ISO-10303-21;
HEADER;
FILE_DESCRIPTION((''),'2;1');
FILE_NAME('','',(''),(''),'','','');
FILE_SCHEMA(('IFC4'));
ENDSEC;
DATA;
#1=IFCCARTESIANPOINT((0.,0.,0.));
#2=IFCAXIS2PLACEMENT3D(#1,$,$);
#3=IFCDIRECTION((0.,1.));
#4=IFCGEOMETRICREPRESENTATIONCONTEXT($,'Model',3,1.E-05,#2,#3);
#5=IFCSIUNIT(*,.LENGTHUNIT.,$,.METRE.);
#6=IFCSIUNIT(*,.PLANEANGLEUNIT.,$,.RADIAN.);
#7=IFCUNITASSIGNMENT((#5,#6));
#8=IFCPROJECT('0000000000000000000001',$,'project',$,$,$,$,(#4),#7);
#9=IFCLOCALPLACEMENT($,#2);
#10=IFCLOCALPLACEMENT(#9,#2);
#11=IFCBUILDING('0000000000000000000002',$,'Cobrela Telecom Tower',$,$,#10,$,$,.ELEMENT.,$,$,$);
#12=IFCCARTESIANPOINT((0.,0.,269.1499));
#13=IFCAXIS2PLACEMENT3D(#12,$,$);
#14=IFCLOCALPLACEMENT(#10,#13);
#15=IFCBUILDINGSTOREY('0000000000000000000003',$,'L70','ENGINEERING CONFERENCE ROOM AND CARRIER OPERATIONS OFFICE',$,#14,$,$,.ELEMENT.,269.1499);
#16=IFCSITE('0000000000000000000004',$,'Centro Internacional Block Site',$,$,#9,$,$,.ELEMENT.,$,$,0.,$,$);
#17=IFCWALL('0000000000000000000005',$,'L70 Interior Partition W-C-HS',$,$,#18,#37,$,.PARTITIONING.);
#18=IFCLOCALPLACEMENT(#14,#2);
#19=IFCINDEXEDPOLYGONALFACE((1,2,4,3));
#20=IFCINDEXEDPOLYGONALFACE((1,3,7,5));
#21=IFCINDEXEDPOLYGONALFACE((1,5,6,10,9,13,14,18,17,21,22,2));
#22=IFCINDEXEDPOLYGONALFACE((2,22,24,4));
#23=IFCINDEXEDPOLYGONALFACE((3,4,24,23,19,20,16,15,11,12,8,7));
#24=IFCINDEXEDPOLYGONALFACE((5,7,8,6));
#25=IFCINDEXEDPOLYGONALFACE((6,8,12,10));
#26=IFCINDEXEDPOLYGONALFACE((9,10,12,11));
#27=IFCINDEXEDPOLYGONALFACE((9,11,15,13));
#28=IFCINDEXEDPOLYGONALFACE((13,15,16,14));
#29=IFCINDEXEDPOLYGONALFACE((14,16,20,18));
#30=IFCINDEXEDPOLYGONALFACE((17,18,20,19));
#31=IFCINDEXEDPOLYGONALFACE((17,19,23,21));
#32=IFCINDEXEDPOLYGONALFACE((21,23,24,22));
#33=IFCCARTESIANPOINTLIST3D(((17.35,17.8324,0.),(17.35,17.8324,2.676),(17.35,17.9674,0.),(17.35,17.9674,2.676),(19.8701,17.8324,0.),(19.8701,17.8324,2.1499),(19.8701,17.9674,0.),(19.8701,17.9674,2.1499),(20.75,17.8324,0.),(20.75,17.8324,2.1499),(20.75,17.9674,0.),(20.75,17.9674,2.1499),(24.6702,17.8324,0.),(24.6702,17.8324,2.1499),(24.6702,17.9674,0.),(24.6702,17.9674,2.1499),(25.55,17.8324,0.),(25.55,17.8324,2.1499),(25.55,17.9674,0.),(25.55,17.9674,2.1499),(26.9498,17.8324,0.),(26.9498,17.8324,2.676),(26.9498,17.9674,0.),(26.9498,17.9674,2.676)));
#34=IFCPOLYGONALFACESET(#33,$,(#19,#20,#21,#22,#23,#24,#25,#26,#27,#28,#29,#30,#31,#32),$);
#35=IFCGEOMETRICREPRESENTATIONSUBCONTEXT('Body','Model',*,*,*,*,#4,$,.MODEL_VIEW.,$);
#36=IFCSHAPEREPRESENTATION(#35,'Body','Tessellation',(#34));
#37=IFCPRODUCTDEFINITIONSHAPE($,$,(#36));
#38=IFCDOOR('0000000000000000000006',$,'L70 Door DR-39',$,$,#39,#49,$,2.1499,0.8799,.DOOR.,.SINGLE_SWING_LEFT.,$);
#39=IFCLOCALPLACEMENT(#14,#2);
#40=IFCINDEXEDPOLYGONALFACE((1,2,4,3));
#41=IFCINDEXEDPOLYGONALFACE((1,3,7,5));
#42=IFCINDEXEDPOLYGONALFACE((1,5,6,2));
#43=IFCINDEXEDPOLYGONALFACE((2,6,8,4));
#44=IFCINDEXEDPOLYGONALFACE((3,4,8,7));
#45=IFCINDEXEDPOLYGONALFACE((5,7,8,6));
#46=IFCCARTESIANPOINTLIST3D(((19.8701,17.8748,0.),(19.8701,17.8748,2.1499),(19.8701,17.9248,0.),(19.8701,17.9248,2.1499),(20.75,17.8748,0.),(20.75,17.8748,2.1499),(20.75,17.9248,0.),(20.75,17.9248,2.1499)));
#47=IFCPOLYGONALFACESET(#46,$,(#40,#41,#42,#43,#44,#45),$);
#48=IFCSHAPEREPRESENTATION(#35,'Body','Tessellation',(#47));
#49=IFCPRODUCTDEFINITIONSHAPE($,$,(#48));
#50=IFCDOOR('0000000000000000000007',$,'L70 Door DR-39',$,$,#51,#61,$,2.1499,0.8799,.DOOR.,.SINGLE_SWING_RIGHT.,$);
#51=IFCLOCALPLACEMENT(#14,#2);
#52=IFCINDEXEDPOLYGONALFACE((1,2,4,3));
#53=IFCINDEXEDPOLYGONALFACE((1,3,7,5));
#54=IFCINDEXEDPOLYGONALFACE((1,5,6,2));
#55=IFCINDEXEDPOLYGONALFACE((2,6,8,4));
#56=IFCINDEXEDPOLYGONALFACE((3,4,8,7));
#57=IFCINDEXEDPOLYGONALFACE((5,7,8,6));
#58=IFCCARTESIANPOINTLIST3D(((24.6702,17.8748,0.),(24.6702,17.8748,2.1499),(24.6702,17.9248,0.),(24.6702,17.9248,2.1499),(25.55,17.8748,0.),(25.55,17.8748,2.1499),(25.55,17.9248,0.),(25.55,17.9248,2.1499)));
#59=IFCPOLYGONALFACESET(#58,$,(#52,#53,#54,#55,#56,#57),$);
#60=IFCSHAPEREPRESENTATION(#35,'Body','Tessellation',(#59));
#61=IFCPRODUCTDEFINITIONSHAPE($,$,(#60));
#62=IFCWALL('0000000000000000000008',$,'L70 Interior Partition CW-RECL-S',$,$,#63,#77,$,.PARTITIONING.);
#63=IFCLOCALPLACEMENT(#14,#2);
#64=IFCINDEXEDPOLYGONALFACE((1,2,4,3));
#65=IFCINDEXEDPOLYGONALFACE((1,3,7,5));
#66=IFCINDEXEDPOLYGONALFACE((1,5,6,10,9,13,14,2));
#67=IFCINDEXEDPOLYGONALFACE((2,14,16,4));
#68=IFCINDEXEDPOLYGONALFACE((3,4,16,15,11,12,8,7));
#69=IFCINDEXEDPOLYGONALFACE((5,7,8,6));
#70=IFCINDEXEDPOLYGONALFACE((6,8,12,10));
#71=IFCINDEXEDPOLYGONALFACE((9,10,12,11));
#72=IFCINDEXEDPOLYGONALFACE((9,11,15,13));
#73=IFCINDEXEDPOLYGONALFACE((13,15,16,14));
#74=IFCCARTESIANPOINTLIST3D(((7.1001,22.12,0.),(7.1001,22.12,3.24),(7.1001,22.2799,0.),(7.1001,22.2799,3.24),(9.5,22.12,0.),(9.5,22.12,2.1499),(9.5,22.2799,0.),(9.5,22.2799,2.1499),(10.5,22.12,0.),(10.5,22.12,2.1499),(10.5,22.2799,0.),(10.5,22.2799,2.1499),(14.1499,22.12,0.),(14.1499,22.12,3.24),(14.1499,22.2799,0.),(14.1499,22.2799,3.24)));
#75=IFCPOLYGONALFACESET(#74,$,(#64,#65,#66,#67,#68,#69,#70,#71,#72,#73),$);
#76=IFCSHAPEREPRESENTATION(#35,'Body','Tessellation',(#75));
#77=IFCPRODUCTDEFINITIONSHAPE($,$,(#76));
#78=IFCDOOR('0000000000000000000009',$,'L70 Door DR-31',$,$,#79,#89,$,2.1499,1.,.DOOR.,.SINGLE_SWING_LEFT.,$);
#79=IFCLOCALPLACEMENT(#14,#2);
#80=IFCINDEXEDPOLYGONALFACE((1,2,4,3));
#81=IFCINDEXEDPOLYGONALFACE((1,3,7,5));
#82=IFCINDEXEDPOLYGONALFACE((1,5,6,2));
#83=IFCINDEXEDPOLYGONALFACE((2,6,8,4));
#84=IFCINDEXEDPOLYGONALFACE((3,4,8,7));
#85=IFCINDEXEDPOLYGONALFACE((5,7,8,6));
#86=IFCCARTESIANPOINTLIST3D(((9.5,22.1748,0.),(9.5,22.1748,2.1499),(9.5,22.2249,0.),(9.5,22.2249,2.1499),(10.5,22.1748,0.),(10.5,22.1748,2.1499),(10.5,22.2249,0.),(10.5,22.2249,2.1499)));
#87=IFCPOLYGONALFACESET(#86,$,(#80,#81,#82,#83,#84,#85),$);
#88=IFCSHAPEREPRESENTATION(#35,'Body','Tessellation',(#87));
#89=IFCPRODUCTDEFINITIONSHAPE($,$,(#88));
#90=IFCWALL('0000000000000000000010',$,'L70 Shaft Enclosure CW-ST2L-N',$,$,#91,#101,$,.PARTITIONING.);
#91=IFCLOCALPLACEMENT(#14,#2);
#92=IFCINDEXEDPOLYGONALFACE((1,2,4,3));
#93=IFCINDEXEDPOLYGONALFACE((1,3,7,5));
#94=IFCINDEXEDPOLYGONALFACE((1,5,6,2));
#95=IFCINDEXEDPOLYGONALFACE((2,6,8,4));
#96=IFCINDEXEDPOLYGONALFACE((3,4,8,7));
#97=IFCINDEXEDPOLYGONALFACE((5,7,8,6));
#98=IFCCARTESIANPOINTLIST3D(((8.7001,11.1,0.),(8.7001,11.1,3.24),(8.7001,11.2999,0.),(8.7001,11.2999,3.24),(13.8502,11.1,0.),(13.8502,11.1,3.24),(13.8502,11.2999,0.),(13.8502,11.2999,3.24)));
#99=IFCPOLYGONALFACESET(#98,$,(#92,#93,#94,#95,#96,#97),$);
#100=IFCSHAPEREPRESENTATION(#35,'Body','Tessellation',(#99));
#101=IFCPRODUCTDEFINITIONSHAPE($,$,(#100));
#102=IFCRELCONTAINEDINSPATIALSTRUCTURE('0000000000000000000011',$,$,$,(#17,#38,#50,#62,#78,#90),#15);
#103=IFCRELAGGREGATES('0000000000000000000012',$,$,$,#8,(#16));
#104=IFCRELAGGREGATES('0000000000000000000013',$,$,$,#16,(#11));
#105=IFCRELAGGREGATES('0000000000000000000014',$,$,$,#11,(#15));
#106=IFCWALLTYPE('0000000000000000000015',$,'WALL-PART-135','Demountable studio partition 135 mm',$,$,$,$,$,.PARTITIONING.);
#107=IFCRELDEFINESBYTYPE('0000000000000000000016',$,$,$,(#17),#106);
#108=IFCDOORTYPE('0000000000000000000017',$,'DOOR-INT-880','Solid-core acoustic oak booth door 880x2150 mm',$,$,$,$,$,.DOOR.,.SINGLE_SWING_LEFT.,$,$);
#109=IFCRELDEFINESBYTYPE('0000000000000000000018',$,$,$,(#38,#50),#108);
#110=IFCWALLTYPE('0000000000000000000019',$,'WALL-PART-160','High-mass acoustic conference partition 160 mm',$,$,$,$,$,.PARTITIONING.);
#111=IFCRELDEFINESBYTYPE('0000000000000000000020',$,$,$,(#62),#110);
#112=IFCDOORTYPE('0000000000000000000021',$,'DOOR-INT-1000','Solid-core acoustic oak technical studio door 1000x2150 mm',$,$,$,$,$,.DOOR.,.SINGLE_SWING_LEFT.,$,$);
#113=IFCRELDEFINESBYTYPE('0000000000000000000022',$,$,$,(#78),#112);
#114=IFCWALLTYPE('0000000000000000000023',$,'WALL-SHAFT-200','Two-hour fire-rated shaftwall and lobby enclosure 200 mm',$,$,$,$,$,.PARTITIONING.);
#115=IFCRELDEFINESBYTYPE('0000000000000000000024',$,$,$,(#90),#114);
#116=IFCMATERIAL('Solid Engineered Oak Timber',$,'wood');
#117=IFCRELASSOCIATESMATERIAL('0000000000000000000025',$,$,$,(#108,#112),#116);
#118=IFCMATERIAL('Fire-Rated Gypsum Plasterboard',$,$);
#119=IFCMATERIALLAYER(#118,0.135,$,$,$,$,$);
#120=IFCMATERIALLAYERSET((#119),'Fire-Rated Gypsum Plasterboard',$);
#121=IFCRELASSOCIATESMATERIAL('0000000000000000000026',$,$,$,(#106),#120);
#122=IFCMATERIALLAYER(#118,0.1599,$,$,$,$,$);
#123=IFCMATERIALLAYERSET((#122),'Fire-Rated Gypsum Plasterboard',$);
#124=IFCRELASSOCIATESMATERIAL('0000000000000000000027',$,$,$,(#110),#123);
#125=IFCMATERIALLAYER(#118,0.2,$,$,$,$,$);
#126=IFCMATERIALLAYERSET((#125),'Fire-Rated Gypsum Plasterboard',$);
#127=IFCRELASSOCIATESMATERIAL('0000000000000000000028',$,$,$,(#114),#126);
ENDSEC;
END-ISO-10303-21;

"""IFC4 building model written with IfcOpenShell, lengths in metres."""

from ifc_helpers import new_model, si_unit, direction, frame, frame_2d, origin, place, context, subcontext, project, spatial, rectangle, extrude, material, layer, layer_set, type_object, element, fill, save


model = new_model("IFC4")

# Units and contexts
model_context = context("Model", 3, precision=1e-05, world=origin(), true_north=direction((0.0, 1.0)))
body_context = subcontext(model_context, "Body", "Model", "MODEL_VIEW")
ifc_project = project(units=[si_unit("LENGTHUNIT", "METRE"), si_unit("PLANEANGLEUNIT", "RADIAN")], contexts=[model_context])

# Site, building, storey
site_placement = place(None, origin())
site = spatial("IfcSite", under=ifc_project, at=site_placement, Name="Centro Internacional Block Site", CompositionType="ELEMENT", RefElevation=0.0)
building_placement = place(site_placement, origin())
building = spatial("IfcBuilding", under=site, at=building_placement, Name="Cobrela Telecom Tower", CompositionType="ELEMENT")
storey_placement = place(building_placement, frame((0.0, 0.0, 269.1499)))
storey = spatial("IfcBuildingStorey", under=building, at=storey_placement, Name="L70", Description="ENGINEERING CONFERENCE ROOM AND CARRIER OPERATIONS OFFICE", CompositionType="ELEMENT", Elevation=269.1499)

# Shared definitions
ifc_material_1 = material(Name="Fire-Rated Gypsum Plasterboard")

# Shared definitions
ifc_material_2 = material(Name="Solid Engineered Oak Timber", Category="wood")
door_type_1 = type_object("IfcDoorType", Name="DOOR-INT-880", Description="Solid-core acoustic oak booth door 880x2150 mm", OperationType="SINGLE_SWING_LEFT", PredefinedType="DOOR", material=ifc_material_2)

# Wall, openings, doors
ifc_layer_1 = layer(ifc_material_1, 0.135)
ifc_layer_set_1 = layer_set([ifc_layer_1], Name="Fire-Rated Gypsum Plasterboard")
wall_type_1 = type_object("IfcWallType", Name="WALL-PART-135", Description="Demountable studio partition 135 mm", PredefinedType="PARTITIONING", material=ifc_layer_set_1)
wall_1_placement = place(storey_placement, frame((17.3501, 17.8999, 0.0), z_axis=(0.0, 0.0, 1.0), x_axis=(1.0, 0.0, 0.0)))
wall_1 = element("IfcWall", 1, at=wall_1_placement, inside=storey, type_object=wall_type_1, Name="L70 Interior Partition W-C-HS", PredefinedType="PARTITIONING", context=body_context, shape_type="SweptSolid", body=[
    extrude(rectangle(XDim=9.5999, YDim=0.135, at=frame_2d((4.7998, 0.0))), origin(), (0.0, 0.0, 1.0), 2.676),
])
opening_1_placement = place(wall_1_placement, frame((2.52, 0.0, 0.0)))
opening_1 = element("IfcOpeningElement", 2, at=opening_1_placement, cuts=wall_1, PredefinedType="OPENING", context=body_context, shape_type="SweptSolid", body=[
    extrude(rectangle(XDim=0.8799, YDim=2.1499, at=frame_2d((0.4399, 1.075))), frame((0.0, 0.0796, 0.0), z_axis=(0.0, -1.0, 0.0), x_axis=(1.0, 0.0, 0.0)), (0.0, 0.0, 1.0), 0.1589),
])
opening_2_placement = place(wall_1_placement, frame((7.3201, 0.0, 0.0)))
opening_2 = element("IfcOpeningElement", 3, at=opening_2_placement, cuts=wall_1, PredefinedType="OPENING", context=body_context, shape_type="SweptSolid", body=[
    extrude(rectangle(XDim=0.8799, YDim=2.1499, at=frame_2d((0.4399, 1.075))), frame((0.0, 0.0796, 0.0), z_axis=(0.0, -1.0, 0.0), x_axis=(1.0, 0.0, 0.0)), (0.0, 0.0, 1.0), 0.1589),
])
door_1_placement = place(opening_1_placement, origin())
door_1 = element("IfcDoor", 4, at=door_1_placement, inside=storey, type_object=door_type_1, Name="L70 Door DR-39", OperationType="SINGLE_SWING_LEFT", OverallHeight=2.1499, OverallWidth=0.8799, PredefinedType="DOOR", context=body_context, shape_type="SweptSolid", body=[
    extrude(rectangle(XDim=0.8799, YDim=2.1499, at=frame_2d((0.4399, 1.075))), frame((0.0, 0.0249, 0.0), z_axis=(0.0, -1.0, 0.0), x_axis=(1.0, 0.0, 0.0)), (0.0, 0.0, 1.0), 0.05),
])
fill(opening_1, door_1)
door_2_placement = place(opening_2_placement, origin())
door_2 = element("IfcDoor", 5, at=door_2_placement, inside=storey, type_object=door_type_1, Name="L70 Door DR-39", OperationType="SINGLE_SWING_RIGHT", OverallHeight=2.1499, OverallWidth=0.8799, PredefinedType="DOOR", context=body_context, shape_type="SweptSolid", body=[
    extrude(rectangle(XDim=0.8799, YDim=2.1499, at=frame_2d((0.4399, 1.075))), frame((0.0, 0.0249, 0.0), z_axis=(0.0, -1.0, 0.0), x_axis=(1.0, 0.0, 0.0)), (0.0, 0.0, 1.0), 0.05),
])
fill(opening_2, door_2)

# Wall, opening, door
ifc_layer_2 = layer(ifc_material_1, 0.1599)
ifc_layer_set_2 = layer_set([ifc_layer_2], Name="Fire-Rated Gypsum Plasterboard")
wall_type_2 = type_object("IfcWallType", Name="WALL-PART-160", Description="High-mass acoustic conference partition 160 mm", PredefinedType="PARTITIONING", material=ifc_layer_set_2)
wall_2_placement = place(storey_placement, frame((7.1001, 22.2, 0.0), z_axis=(0.0, 0.0, 1.0), x_axis=(1.0, 0.0, 0.0)))
wall_2 = element("IfcWall", 6, at=wall_2_placement, inside=storey, type_object=wall_type_2, Name="L70 Interior Partition CW-RECL-S", PredefinedType="PARTITIONING", context=body_context, shape_type="SweptSolid", body=[
    extrude(rectangle(XDim=7.0498, YDim=0.1599, at=frame_2d((3.5249, 0.0))), origin(), (0.0, 0.0, 1.0), 3.24),
])
opening_3_placement = place(wall_2_placement, frame((2.3999, 0.0, 0.0)))
opening_3 = element("IfcOpeningElement", 7, at=opening_3_placement, cuts=wall_2, PredefinedType="OPENING", context=body_context, shape_type="SweptSolid", body=[
    extrude(rectangle(XDim=1.0, YDim=2.1499, at=frame_2d((0.5, 1.075))), frame((0.0, 0.0918, 0.0), z_axis=(0.0, -1.0, 0.0), x_axis=(1.0, 0.0, 0.0)), (0.0, 0.0, 1.0), 0.1838),
])
door_type_2 = type_object("IfcDoorType", Name="DOOR-INT-1000", Description="Solid-core acoustic oak technical studio door 1000x2150 mm", OperationType="SINGLE_SWING_LEFT", PredefinedType="DOOR", material=ifc_material_2)
door_3_placement = place(opening_3_placement, origin())
door_3 = element("IfcDoor", 8, at=door_3_placement, inside=storey, type_object=door_type_2, Name="L70 Door DR-31", OperationType="SINGLE_SWING_LEFT", OverallHeight=2.1499, OverallWidth=1.0, PredefinedType="DOOR", context=body_context, shape_type="SweptSolid", body=[
    extrude(rectangle(XDim=1.0, YDim=2.1499, at=frame_2d((0.5, 1.075))), frame((0.0, 0.0249, 0.0), z_axis=(0.0, -1.0, 0.0), x_axis=(1.0, 0.0, 0.0)), (0.0, 0.0, 1.0), 0.05),
])
fill(opening_3, door_3)

# Wall
ifc_layer_3 = layer(ifc_material_1, 0.2)
ifc_layer_set_3 = layer_set([ifc_layer_3], Name="Fire-Rated Gypsum Plasterboard")
wall_type_3 = type_object("IfcWallType", Name="WALL-SHAFT-200", Description="Two-hour fire-rated shaftwall and lobby enclosure 200 mm", PredefinedType="PARTITIONING", material=ifc_layer_set_3)
wall_3_placement = place(storey_placement, frame((8.7, 11.2, 0.0), z_axis=(0.0, 0.0, 1.0), x_axis=(1.0, 0.0, 0.0)))
element("IfcWall", 9, at=wall_3_placement, inside=storey, type_object=wall_type_3, Name="L70 Shaft Enclosure CW-ST2L-N", PredefinedType="PARTITIONING", context=body_context, shape_type="SweptSolid", body=[
    extrude(rectangle(XDim=5.1501, YDim=0.2, at=frame_2d((2.5752, 0.0))), origin(), (0.0, 0.0, 1.0), 3.24),
])

save(model, "model.ifc")
